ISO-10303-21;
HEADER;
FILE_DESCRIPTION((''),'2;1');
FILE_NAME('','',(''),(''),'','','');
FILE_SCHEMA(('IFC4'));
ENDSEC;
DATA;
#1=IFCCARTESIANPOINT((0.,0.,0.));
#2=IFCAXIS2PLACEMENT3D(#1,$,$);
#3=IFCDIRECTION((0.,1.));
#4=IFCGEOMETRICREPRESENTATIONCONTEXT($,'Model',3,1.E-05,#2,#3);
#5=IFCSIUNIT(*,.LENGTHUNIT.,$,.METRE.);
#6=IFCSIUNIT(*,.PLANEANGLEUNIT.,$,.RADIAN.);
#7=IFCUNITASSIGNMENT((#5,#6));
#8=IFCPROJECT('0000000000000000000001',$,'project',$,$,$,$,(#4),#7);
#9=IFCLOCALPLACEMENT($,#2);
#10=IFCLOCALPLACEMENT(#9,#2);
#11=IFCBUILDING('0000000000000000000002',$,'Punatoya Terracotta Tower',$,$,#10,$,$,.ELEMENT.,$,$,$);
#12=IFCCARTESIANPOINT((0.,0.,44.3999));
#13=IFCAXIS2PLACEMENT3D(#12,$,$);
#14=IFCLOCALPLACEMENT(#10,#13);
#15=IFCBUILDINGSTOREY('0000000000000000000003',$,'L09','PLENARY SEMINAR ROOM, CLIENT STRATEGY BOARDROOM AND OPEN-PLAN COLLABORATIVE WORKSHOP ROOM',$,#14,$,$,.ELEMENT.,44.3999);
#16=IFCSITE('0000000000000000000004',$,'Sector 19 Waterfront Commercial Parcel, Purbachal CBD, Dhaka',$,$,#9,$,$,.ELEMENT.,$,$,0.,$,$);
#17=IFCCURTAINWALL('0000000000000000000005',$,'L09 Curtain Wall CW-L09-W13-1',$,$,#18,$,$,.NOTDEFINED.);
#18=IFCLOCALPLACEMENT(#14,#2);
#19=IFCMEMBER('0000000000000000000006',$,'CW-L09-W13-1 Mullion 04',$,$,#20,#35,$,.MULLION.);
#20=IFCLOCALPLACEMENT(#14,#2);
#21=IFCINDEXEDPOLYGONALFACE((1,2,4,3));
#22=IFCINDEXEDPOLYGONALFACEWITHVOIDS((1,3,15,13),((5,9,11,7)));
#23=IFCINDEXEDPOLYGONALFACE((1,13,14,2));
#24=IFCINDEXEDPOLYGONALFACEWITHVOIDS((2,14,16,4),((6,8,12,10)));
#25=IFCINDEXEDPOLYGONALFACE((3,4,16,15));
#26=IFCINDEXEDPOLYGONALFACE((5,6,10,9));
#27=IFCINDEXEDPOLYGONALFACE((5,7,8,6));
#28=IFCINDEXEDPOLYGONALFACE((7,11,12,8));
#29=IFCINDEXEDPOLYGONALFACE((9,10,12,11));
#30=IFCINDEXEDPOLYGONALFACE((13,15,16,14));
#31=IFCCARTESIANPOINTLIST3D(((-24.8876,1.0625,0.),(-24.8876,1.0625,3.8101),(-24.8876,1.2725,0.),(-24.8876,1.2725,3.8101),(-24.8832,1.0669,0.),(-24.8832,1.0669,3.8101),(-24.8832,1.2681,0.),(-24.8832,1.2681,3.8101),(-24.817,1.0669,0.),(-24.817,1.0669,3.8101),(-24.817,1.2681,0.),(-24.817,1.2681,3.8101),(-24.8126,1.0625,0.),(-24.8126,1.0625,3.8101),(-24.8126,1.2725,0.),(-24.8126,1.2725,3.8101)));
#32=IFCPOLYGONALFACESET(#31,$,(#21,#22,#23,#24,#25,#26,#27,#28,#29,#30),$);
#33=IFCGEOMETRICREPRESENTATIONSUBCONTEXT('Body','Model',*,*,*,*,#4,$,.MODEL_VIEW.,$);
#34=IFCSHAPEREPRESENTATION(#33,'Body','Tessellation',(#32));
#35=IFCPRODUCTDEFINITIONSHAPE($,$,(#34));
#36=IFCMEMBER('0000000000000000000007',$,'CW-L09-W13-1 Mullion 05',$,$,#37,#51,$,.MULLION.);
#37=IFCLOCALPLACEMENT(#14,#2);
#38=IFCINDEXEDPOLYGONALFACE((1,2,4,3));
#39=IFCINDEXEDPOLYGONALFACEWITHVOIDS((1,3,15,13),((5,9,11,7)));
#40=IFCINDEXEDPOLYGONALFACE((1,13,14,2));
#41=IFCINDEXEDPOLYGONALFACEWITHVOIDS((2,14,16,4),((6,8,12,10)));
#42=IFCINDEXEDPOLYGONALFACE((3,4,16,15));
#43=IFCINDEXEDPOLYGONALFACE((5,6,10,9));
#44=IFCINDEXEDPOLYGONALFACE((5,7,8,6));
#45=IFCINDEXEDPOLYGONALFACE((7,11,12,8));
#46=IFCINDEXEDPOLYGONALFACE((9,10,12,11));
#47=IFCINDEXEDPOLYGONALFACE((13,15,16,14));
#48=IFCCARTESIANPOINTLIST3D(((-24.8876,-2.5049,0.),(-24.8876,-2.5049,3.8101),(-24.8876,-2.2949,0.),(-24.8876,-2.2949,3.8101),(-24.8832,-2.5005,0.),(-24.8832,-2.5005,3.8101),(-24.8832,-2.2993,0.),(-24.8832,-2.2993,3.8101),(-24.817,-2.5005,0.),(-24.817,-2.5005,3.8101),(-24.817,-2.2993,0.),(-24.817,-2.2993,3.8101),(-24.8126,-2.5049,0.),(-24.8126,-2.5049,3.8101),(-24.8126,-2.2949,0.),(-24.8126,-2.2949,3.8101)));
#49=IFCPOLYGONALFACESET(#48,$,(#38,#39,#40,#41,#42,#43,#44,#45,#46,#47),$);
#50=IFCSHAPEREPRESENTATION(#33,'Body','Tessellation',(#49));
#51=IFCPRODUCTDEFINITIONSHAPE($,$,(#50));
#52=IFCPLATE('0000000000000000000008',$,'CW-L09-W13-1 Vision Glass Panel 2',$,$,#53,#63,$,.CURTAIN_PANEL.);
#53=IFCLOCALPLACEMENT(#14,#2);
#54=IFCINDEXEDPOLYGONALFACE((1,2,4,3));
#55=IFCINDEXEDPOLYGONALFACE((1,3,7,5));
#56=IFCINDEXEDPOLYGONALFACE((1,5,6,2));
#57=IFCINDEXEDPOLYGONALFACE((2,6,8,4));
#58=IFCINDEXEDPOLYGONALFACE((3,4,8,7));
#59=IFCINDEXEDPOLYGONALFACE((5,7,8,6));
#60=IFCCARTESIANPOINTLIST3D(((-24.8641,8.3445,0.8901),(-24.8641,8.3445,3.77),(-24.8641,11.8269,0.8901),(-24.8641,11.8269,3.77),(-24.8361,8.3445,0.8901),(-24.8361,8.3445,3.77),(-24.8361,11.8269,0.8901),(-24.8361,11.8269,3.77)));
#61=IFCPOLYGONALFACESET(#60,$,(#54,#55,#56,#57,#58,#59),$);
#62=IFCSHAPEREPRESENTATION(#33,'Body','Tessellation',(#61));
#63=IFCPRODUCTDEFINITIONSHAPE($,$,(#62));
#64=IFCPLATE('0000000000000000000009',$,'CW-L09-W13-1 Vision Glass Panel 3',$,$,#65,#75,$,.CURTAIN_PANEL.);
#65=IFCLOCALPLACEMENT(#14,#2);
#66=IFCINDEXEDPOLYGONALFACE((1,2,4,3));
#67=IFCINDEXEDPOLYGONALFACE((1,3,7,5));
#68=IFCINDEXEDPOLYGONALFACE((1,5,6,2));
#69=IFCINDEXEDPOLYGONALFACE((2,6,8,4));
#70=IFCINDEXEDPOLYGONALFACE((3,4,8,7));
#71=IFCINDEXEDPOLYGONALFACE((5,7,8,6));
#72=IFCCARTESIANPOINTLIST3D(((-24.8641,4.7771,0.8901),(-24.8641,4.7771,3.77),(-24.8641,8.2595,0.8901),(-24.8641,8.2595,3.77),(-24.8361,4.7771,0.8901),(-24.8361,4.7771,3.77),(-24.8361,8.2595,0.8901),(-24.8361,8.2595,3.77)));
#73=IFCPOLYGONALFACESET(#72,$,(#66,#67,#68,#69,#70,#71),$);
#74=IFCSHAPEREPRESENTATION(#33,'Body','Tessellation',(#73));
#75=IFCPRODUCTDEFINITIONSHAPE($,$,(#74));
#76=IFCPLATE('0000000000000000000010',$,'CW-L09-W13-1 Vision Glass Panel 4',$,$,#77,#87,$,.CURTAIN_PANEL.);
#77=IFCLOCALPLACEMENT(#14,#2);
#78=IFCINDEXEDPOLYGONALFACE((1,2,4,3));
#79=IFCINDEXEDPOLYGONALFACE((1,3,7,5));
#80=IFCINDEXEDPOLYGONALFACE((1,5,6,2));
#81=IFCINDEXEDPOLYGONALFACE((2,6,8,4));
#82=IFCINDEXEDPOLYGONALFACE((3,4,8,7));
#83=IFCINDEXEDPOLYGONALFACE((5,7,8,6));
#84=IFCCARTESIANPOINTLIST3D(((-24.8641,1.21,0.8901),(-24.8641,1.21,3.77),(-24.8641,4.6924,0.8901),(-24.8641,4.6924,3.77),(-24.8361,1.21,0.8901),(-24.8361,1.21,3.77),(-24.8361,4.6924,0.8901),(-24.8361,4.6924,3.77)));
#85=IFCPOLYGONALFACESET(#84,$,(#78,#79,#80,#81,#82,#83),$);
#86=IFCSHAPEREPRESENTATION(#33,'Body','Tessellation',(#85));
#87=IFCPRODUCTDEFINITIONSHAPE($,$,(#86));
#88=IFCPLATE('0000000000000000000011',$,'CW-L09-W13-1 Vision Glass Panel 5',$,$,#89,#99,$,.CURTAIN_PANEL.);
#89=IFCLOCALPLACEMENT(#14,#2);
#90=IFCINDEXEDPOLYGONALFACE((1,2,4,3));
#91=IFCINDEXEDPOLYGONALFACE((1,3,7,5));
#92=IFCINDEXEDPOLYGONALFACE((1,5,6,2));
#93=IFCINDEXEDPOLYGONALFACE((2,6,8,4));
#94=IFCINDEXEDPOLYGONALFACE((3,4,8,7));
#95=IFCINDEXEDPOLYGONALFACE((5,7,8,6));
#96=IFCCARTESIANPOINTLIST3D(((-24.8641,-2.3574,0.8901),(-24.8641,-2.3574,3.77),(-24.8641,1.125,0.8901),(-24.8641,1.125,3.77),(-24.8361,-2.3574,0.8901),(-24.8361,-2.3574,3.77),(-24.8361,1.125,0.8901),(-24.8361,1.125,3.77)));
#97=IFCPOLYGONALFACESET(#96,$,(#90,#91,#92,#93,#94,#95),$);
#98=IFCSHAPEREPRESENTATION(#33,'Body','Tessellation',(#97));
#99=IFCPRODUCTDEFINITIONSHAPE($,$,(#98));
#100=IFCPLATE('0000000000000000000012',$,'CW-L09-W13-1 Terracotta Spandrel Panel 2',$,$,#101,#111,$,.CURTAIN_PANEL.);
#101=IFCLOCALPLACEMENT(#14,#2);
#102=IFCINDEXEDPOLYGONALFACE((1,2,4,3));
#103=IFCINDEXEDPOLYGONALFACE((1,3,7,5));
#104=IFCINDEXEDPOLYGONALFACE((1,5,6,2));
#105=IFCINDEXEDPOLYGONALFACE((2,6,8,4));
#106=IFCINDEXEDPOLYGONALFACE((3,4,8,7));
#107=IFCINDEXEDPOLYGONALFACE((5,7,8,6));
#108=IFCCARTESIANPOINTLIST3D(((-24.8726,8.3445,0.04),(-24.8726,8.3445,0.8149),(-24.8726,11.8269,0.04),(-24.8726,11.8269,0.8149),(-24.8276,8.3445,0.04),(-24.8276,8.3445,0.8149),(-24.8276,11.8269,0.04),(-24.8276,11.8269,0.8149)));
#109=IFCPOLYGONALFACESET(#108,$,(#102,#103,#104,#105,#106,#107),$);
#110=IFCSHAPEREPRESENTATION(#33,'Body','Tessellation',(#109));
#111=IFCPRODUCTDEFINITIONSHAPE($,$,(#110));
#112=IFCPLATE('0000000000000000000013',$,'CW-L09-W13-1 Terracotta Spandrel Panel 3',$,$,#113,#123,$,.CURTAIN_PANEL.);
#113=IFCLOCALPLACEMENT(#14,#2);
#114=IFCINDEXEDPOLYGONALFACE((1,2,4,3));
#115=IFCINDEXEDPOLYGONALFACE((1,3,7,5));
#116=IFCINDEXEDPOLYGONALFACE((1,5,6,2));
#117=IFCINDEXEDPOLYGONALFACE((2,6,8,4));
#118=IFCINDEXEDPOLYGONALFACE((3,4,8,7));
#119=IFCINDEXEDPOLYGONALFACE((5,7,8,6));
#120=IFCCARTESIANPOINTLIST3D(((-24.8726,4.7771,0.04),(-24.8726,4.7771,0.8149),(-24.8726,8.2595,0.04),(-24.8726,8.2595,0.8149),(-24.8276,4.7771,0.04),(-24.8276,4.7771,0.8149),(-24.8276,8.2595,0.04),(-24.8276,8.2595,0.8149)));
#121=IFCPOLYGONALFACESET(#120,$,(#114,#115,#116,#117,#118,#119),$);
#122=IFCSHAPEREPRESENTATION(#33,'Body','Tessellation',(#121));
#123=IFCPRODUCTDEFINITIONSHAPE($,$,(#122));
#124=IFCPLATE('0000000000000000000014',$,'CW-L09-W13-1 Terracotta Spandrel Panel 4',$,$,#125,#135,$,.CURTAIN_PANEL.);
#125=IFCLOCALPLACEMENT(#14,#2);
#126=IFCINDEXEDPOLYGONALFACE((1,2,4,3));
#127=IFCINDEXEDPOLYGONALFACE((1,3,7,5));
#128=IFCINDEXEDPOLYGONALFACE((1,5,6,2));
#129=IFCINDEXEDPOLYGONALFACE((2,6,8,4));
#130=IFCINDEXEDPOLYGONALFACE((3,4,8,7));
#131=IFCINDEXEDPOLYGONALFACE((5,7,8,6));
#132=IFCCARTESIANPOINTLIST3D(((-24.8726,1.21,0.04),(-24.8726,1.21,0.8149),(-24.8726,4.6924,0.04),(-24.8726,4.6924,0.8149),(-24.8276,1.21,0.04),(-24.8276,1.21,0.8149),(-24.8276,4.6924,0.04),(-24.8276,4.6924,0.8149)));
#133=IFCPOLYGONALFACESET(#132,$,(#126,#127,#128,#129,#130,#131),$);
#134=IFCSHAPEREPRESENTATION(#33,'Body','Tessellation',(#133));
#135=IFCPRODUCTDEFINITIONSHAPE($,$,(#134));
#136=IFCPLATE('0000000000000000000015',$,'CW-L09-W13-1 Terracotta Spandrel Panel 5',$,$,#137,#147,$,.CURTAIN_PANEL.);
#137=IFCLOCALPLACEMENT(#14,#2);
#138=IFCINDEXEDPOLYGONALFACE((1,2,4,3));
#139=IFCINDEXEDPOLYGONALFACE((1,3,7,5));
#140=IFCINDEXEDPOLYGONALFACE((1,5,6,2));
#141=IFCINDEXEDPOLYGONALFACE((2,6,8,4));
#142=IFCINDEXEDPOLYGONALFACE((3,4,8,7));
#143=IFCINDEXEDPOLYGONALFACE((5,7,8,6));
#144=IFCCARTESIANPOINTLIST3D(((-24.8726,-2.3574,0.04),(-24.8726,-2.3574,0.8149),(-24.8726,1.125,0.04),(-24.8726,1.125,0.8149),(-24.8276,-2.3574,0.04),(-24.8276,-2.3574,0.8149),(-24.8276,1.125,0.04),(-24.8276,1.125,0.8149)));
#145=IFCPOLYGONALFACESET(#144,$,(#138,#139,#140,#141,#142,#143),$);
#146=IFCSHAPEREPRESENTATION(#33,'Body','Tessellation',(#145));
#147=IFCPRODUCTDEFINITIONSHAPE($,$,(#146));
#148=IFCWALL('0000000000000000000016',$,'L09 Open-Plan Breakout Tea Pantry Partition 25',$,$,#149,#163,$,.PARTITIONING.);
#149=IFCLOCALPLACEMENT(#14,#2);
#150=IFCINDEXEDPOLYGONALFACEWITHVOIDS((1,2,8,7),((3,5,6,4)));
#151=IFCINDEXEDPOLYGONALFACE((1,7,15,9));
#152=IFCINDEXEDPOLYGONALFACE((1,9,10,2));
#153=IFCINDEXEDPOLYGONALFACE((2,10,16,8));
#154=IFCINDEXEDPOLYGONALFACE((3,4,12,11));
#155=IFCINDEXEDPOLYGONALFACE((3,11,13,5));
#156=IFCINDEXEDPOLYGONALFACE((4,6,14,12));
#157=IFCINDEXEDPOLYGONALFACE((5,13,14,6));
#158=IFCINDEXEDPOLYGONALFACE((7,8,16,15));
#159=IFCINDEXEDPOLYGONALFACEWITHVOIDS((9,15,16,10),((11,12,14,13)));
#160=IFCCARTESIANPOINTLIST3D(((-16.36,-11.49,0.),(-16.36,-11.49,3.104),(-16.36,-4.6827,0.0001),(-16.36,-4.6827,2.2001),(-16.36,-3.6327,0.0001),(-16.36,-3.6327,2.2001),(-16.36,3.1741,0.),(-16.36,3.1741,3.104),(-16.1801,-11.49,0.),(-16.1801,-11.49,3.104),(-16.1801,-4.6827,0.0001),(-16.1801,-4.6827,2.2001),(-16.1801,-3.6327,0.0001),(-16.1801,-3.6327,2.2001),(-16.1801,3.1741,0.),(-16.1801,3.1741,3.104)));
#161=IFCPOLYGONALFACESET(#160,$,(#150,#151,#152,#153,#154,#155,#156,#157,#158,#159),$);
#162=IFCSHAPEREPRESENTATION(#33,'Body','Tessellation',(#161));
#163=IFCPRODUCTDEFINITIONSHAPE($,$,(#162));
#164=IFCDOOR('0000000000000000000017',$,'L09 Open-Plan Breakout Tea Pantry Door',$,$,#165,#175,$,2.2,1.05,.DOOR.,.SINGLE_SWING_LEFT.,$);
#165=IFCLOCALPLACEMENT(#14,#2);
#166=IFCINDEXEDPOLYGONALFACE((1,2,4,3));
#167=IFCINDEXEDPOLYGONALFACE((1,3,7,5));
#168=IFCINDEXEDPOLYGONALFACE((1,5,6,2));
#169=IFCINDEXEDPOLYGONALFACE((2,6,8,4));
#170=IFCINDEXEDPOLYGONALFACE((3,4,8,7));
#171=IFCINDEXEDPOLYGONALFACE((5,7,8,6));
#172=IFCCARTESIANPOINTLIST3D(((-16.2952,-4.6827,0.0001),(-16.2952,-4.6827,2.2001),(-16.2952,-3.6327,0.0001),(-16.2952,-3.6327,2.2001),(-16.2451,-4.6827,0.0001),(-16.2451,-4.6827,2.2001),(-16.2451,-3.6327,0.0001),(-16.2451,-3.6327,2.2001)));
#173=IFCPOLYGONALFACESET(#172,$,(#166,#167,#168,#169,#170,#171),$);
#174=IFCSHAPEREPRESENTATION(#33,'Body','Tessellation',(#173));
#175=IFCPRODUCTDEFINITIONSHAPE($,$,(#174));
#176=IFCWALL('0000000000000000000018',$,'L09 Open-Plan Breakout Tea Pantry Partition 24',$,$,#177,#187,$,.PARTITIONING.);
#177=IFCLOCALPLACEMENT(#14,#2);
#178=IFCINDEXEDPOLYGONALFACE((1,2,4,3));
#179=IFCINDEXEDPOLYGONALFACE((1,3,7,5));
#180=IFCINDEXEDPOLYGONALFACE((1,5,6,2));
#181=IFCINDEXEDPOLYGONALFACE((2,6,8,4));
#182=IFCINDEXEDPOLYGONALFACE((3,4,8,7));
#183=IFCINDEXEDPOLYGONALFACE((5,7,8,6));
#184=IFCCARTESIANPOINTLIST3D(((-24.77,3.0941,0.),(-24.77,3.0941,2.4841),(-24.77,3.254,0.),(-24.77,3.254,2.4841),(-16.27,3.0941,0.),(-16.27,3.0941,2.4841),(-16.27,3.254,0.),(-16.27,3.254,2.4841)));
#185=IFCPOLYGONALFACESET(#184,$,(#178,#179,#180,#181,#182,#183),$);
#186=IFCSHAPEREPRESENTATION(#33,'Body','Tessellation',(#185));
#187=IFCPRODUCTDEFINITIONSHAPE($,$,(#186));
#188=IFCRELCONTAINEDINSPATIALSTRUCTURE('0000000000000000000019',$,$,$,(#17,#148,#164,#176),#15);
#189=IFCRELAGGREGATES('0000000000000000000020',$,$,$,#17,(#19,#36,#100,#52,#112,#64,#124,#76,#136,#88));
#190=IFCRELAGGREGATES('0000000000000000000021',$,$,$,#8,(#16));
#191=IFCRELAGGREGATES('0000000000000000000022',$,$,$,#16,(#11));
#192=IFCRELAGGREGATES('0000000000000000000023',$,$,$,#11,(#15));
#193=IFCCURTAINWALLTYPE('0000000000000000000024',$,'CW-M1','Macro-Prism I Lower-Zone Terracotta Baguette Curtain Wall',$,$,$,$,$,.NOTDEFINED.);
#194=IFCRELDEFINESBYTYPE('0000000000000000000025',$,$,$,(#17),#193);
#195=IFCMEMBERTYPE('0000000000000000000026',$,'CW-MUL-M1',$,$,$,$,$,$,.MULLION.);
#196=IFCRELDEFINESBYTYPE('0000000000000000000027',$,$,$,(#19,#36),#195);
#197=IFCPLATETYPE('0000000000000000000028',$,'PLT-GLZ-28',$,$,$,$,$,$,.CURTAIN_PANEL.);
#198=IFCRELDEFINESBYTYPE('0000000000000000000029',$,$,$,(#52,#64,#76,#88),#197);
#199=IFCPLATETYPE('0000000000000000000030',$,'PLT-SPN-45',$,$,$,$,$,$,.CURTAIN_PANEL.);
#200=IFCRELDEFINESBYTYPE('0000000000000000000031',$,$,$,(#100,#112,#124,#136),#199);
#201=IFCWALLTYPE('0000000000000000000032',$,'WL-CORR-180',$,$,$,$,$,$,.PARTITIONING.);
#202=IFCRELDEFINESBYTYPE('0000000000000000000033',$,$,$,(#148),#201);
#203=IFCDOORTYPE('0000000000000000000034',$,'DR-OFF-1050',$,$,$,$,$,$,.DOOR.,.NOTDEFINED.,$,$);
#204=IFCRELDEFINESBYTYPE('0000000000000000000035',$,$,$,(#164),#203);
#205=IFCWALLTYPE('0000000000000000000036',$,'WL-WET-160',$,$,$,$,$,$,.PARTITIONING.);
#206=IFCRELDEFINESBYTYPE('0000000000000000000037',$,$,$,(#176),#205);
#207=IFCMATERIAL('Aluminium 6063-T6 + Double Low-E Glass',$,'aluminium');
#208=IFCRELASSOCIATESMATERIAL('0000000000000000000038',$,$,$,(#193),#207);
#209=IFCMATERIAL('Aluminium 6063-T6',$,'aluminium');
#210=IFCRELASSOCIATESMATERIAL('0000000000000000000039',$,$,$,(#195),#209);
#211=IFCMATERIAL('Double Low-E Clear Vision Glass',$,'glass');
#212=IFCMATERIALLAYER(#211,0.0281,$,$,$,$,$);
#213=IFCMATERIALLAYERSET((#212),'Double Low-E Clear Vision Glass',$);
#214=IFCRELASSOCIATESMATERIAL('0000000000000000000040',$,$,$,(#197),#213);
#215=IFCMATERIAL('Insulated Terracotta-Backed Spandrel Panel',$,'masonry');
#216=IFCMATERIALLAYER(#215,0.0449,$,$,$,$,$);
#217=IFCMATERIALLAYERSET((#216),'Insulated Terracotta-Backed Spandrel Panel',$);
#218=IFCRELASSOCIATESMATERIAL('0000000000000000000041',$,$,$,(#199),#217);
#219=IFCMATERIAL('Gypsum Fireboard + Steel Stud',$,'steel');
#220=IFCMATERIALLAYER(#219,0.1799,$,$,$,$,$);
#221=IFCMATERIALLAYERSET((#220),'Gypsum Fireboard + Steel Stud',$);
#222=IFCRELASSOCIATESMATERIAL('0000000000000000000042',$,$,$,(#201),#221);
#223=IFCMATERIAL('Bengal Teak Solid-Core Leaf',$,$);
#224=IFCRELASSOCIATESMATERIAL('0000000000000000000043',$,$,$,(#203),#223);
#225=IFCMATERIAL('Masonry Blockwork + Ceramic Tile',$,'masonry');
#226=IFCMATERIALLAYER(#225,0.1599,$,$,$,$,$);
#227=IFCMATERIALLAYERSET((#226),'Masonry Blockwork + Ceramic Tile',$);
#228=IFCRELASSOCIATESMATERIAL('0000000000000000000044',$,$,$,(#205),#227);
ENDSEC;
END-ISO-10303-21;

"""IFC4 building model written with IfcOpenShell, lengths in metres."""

from ifc_helpers import new_model, si_unit, direction, frame, frame_2d, origin, origin_2d, place, context, subcontext, project, spatial, rectangle, hollow_rectangle, extrude, material, layer, layer_set, material_profile, profile_set, type_object, element, fill, aggregate, save


model = new_model("IFC4")

# Units and contexts
model_context = context("Model", 3, precision=1e-05, world=origin(), true_north=direction((0.0, 1.0)))
body_context = subcontext(model_context, "Body", "Model", "MODEL_VIEW")
ifc_project = project(units=[si_unit("LENGTHUNIT", "METRE"), si_unit("PLANEANGLEUNIT", "RADIAN")], contexts=[model_context])

# Site, building, storey
site_placement = place(None, origin())
site = spatial("IfcSite", under=ifc_project, at=site_placement, Name="Sector 19 Waterfront Commercial Parcel, Purbachal CBD, Dhaka", CompositionType="ELEMENT", RefElevation=0.0)
building_placement = place(site_placement, origin())
building = spatial("IfcBuilding", under=site, at=building_placement, Name="Punatoya Terracotta Tower", CompositionType="ELEMENT")
storey_placement = place(building_placement, frame((0.0, 0.0, 44.3999)))
storey = spatial("IfcBuildingStorey", under=building, at=storey_placement, Name="L09", Description="PLENARY SEMINAR ROOM, CLIENT STRATEGY BOARDROOM AND OPEN-PLAN COLLABORATIVE WORKSHOP ROOM", CompositionType="ELEMENT", Elevation=44.3999)

# Curtain wall, members, plates
ifc_material_1 = material(Name="Aluminium 6063-T6 + Double Low-E Glass", Category="aluminium")
curtain_wall_type = type_object("IfcCurtainWallType", Name="CW-M1", Description="Macro-Prism I Lower-Zone Terracotta Baguette Curtain Wall", PredefinedType="NOTDEFINED", material=ifc_material_1)
curtain_wall_placement = place(storey_placement, origin())
curtain_wall = element("IfcCurtainWall", 1, at=curtain_wall_placement, inside=storey, type_object=curtain_wall_type, Name="L09 Curtain Wall CW-L09-W13-1", PredefinedType="NOTDEFINED")
ifc_material_2 = material(Name="Aluminium 6063-T6", Category="aluminium")
ifc_material_profile_1 = material_profile(ifc_material_2, hollow_rectangle(XDim=0.075, YDim=0.21, WallThickness=0.0044, at=origin_2d()))
ifc_profile_set_1 = profile_set([ifc_material_profile_1], Name="Aluminium 6063-T6")
member_type = type_object("IfcMemberType", Name="CW-MUL-M1", PredefinedType="MULLION", material=ifc_profile_set_1)
member_1_placement = place(storey_placement, frame((-24.8501, 1.1675, 0.0), z_axis=(0.0, 0.0, 1.0), x_axis=(1.0, 0.0, 0.0)))
member_1 = element("IfcMember", 2, at=member_1_placement, type_object=member_type, Name="CW-L09-W13-1 Mullion 04", PredefinedType="MULLION", context=body_context, shape_type="SweptSolid", body=[
    extrude(hollow_rectangle(XDim=0.075, YDim=0.21, WallThickness=0.0044, at=origin_2d()), origin(), (0.0, 0.0, 1.0), 3.8101),
])
member_2_placement = place(storey_placement, frame((-24.8501, -2.3999, 0.0), z_axis=(0.0, 0.0, 1.0), x_axis=(1.0, 0.0, 0.0)))
member_2 = element("IfcMember", 3, at=member_2_placement, type_object=member_type, Name="CW-L09-W13-1 Mullion 05", PredefinedType="MULLION", context=body_context, shape_type="SweptSolid", body=[
    extrude(hollow_rectangle(XDim=0.075, YDim=0.21, WallThickness=0.0044, at=origin_2d()), origin(), (0.0, 0.0, 1.0), 3.8101),
])
ifc_material_3 = material(Name="Double Low-E Clear Vision Glass", Category="glass")
ifc_layer_1 = layer(ifc_material_3, 0.0281)
ifc_layer_set_1 = layer_set([ifc_layer_1], Name="Double Low-E Clear Vision Glass")
plate_type_1 = type_object("IfcPlateType", Name="PLT-GLZ-28", PredefinedType="CURTAIN_PANEL", material=ifc_layer_set_1)
plate_1_placement = place(storey_placement, frame((-24.8501, 10.0857, 0.8901), z_axis=(0.0, 0.0, 1.0), x_axis=(0.0, -1.0, 0.0)))
plate_1 = element("IfcPlate", 4, at=plate_1_placement, type_object=plate_type_1, Name="CW-L09-W13-1 Vision Glass Panel 2", PredefinedType="CURTAIN_PANEL", context=body_context, shape_type="SweptSolid", body=[
    extrude(rectangle(XDim=3.4824, YDim=0.0281, at=origin_2d()), origin(), (0.0, 0.0, 1.0), 2.8799),
])
plate_2_placement = place(storey_placement, frame((-24.8501, 6.5183, 0.8901), z_axis=(0.0, 0.0, 1.0), x_axis=(0.0, -1.0, 0.0)))
plate_2 = element("IfcPlate", 5, at=plate_2_placement, type_object=plate_type_1, Name="CW-L09-W13-1 Vision Glass Panel 3", PredefinedType="CURTAIN_PANEL", context=body_context, shape_type="SweptSolid", body=[
    extrude(rectangle(XDim=3.4824, YDim=0.0281, at=origin_2d()), origin(), (0.0, 0.0, 1.0), 2.8799),
])
plate_3_placement = place(storey_placement, frame((-24.8501, 2.9512, 0.8901), z_axis=(0.0, 0.0, 1.0), x_axis=(0.0, -1.0, 0.0)))
plate_3 = element("IfcPlate", 6, at=plate_3_placement, type_object=plate_type_1, Name="CW-L09-W13-1 Vision Glass Panel 4", PredefinedType="CURTAIN_PANEL", context=body_context, shape_type="SweptSolid", body=[
    extrude(rectangle(XDim=3.4824, YDim=0.0281, at=origin_2d()), origin(), (0.0, 0.0, 1.0), 2.8799),
])
plate_4_placement = place(storey_placement, frame((-24.8501, -0.6162, 0.8901), z_axis=(0.0, 0.0, 1.0), x_axis=(0.0, -1.0, 0.0)))
plate_4 = element("IfcPlate", 7, at=plate_4_placement, type_object=plate_type_1, Name="CW-L09-W13-1 Vision Glass Panel 5", PredefinedType="CURTAIN_PANEL", context=body_context, shape_type="SweptSolid", body=[
    extrude(rectangle(XDim=3.4824, YDim=0.0281, at=origin_2d()), origin(), (0.0, 0.0, 1.0), 2.8799),
])
ifc_material_4 = material(Name="Insulated Terracotta-Backed Spandrel Panel", Category="masonry")
ifc_layer_2 = layer(ifc_material_4, 0.0449)
ifc_layer_set_2 = layer_set([ifc_layer_2], Name="Insulated Terracotta-Backed Spandrel Panel")
plate_type_2 = type_object("IfcPlateType", Name="PLT-SPN-45", PredefinedType="CURTAIN_PANEL", material=ifc_layer_set_2)
plate_5_placement = place(storey_placement, frame((-24.8501, 10.0857, 0.04), z_axis=(0.0, 0.0, 1.0), x_axis=(0.0, -1.0, 0.0)))
plate_5 = element("IfcPlate", 8, at=plate_5_placement, type_object=plate_type_2, Name="CW-L09-W13-1 Terracotta Spandrel Panel 2", PredefinedType="CURTAIN_PANEL", context=body_context, shape_type="SweptSolid", body=[
    extrude(rectangle(XDim=3.4824, YDim=0.0449, at=origin_2d()), origin(), (0.0, 0.0, 1.0), 0.7749),
])
plate_6_placement = place(storey_placement, frame((-24.8501, 6.5183, 0.04), z_axis=(0.0, 0.0, 1.0), x_axis=(0.0, -1.0, 0.0)))
plate_6 = element("IfcPlate", 9, at=plate_6_placement, type_object=plate_type_2, Name="CW-L09-W13-1 Terracotta Spandrel Panel 3", PredefinedType="CURTAIN_PANEL", context=body_context, shape_type="SweptSolid", body=[
    extrude(rectangle(XDim=3.4824, YDim=0.0449, at=origin_2d()), origin(), (0.0, 0.0, 1.0), 0.7749),
])
plate_7_placement = place(storey_placement, frame((-24.8501, 2.9512, 0.04), z_axis=(0.0, 0.0, 1.0), x_axis=(0.0, -1.0, 0.0)))
plate_7 = element("IfcPlate", 10, at=plate_7_placement, type_object=plate_type_2, Name="CW-L09-W13-1 Terracotta Spandrel Panel 4", PredefinedType="CURTAIN_PANEL", context=body_context, shape_type="SweptSolid", body=[
    extrude(rectangle(XDim=3.4824, YDim=0.0449, at=origin_2d()), origin(), (0.0, 0.0, 1.0), 0.7749),
])
plate_8_placement = place(storey_placement, frame((-24.8501, -0.6162, 0.04), z_axis=(0.0, 0.0, 1.0), x_axis=(0.0, -1.0, 0.0)))
plate_8 = element("IfcPlate", 11, at=plate_8_placement, type_object=plate_type_2, Name="CW-L09-W13-1 Terracotta Spandrel Panel 5", PredefinedType="CURTAIN_PANEL", context=body_context, shape_type="SweptSolid", body=[
    extrude(rectangle(XDim=3.4824, YDim=0.0449, at=origin_2d()), origin(), (0.0, 0.0, 1.0), 0.7749),
])
aggregate(curtain_wall, [member_1, member_2, plate_5, plate_1, plate_6, plate_2, plate_7, plate_3, plate_8, plate_4])

# Wall, opening, door
ifc_material_5 = material(Name="Gypsum Fireboard + Steel Stud", Category="steel")
ifc_layer_3 = layer(ifc_material_5, 0.1799)
ifc_layer_set_3 = layer_set([ifc_layer_3], Name="Gypsum Fireboard + Steel Stud")
wall_type_1 = type_object("IfcWallType", Name="WL-CORR-180", PredefinedType="PARTITIONING", material=ifc_layer_set_3)
wall_1_placement = place(storey_placement, frame((-16.27, 3.1741, 0.0), z_axis=(0.0, 0.0, 1.0), x_axis=(0.0, -1.0, 0.0)))
wall_1 = element("IfcWall", 12, at=wall_1_placement, inside=storey, type_object=wall_type_1, Name="L09 Open-Plan Breakout Tea Pantry Partition 25", PredefinedType="PARTITIONING", context=body_context, shape_type="SweptSolid", body=[
    extrude(rectangle(XDim=14.6641, YDim=0.1799, at=frame_2d((7.332, 0.0))), origin(), (0.0, 0.0, 1.0), 3.104),
])
opening_placement = place(wall_1_placement, frame((6.8069, 0.0, 0.0)))
opening = element("IfcOpeningElement", 13, at=opening_placement, cuts=wall_1, PredefinedType="OPENING", context=body_context, shape_type="SweptSolid", body=[
    extrude(rectangle(XDim=1.05, YDim=2.2, at=frame_2d((0.5249, 1.1001))), frame((0.0, 0.0999, 0.0), z_axis=(0.0, -1.0, 0.0), x_axis=(1.0, 0.0, 0.0)), (0.0, 0.0, 1.0), 0.2),
])
ifc_material_6 = material(Name="Bengal Teak Solid-Core Leaf")
door_type = type_object("IfcDoorType", Name="DR-OFF-1050", OperationType="NOTDEFINED", PredefinedType="DOOR", material=ifc_material_6)
door_placement = place(opening_placement, origin())
door = element("IfcDoor", 14, at=door_placement, inside=storey, type_object=door_type, Name="L09 Open-Plan Breakout Tea Pantry Door", OperationType="SINGLE_SWING_LEFT", OverallHeight=2.2, OverallWidth=1.05, PredefinedType="DOOR", context=body_context, shape_type="SweptSolid", body=[
    extrude(rectangle(XDim=1.05, YDim=2.2, at=frame_2d((0.5249, 1.1001))), frame((0.0, 0.0249, 0.0), z_axis=(0.0, -1.0, 0.0), x_axis=(1.0, 0.0, 0.0)), (0.0, 0.0, 1.0), 0.05),
])
fill(opening, door)

# Wall
ifc_material_7 = material(Name="Masonry Blockwork + Ceramic Tile", Category="masonry")
ifc_layer_4 = layer(ifc_material_7, 0.1599)
ifc_layer_set_4 = layer_set([ifc_layer_4], Name="Masonry Blockwork + Ceramic Tile")
wall_type_2 = type_object("IfcWallType", Name="WL-WET-160", PredefinedType="PARTITIONING", material=ifc_layer_set_4)
wall_2_placement = place(storey_placement, frame((-24.77, 3.1741, 0.0), z_axis=(0.0, 0.0, 1.0), x_axis=(1.0, 0.0, 0.0)))
element("IfcWall", 15, at=wall_2_placement, inside=storey, type_object=wall_type_2, Name="L09 Open-Plan Breakout Tea Pantry Partition 24", PredefinedType="PARTITIONING", context=body_context, shape_type="SweptSolid", body=[
    extrude(rectangle(XDim=8.5, YDim=0.1599, at=frame_2d((4.25, 0.0))), origin(), (0.0, 0.0, 1.0), 2.4841),
])

save(model, "model.ifc")
